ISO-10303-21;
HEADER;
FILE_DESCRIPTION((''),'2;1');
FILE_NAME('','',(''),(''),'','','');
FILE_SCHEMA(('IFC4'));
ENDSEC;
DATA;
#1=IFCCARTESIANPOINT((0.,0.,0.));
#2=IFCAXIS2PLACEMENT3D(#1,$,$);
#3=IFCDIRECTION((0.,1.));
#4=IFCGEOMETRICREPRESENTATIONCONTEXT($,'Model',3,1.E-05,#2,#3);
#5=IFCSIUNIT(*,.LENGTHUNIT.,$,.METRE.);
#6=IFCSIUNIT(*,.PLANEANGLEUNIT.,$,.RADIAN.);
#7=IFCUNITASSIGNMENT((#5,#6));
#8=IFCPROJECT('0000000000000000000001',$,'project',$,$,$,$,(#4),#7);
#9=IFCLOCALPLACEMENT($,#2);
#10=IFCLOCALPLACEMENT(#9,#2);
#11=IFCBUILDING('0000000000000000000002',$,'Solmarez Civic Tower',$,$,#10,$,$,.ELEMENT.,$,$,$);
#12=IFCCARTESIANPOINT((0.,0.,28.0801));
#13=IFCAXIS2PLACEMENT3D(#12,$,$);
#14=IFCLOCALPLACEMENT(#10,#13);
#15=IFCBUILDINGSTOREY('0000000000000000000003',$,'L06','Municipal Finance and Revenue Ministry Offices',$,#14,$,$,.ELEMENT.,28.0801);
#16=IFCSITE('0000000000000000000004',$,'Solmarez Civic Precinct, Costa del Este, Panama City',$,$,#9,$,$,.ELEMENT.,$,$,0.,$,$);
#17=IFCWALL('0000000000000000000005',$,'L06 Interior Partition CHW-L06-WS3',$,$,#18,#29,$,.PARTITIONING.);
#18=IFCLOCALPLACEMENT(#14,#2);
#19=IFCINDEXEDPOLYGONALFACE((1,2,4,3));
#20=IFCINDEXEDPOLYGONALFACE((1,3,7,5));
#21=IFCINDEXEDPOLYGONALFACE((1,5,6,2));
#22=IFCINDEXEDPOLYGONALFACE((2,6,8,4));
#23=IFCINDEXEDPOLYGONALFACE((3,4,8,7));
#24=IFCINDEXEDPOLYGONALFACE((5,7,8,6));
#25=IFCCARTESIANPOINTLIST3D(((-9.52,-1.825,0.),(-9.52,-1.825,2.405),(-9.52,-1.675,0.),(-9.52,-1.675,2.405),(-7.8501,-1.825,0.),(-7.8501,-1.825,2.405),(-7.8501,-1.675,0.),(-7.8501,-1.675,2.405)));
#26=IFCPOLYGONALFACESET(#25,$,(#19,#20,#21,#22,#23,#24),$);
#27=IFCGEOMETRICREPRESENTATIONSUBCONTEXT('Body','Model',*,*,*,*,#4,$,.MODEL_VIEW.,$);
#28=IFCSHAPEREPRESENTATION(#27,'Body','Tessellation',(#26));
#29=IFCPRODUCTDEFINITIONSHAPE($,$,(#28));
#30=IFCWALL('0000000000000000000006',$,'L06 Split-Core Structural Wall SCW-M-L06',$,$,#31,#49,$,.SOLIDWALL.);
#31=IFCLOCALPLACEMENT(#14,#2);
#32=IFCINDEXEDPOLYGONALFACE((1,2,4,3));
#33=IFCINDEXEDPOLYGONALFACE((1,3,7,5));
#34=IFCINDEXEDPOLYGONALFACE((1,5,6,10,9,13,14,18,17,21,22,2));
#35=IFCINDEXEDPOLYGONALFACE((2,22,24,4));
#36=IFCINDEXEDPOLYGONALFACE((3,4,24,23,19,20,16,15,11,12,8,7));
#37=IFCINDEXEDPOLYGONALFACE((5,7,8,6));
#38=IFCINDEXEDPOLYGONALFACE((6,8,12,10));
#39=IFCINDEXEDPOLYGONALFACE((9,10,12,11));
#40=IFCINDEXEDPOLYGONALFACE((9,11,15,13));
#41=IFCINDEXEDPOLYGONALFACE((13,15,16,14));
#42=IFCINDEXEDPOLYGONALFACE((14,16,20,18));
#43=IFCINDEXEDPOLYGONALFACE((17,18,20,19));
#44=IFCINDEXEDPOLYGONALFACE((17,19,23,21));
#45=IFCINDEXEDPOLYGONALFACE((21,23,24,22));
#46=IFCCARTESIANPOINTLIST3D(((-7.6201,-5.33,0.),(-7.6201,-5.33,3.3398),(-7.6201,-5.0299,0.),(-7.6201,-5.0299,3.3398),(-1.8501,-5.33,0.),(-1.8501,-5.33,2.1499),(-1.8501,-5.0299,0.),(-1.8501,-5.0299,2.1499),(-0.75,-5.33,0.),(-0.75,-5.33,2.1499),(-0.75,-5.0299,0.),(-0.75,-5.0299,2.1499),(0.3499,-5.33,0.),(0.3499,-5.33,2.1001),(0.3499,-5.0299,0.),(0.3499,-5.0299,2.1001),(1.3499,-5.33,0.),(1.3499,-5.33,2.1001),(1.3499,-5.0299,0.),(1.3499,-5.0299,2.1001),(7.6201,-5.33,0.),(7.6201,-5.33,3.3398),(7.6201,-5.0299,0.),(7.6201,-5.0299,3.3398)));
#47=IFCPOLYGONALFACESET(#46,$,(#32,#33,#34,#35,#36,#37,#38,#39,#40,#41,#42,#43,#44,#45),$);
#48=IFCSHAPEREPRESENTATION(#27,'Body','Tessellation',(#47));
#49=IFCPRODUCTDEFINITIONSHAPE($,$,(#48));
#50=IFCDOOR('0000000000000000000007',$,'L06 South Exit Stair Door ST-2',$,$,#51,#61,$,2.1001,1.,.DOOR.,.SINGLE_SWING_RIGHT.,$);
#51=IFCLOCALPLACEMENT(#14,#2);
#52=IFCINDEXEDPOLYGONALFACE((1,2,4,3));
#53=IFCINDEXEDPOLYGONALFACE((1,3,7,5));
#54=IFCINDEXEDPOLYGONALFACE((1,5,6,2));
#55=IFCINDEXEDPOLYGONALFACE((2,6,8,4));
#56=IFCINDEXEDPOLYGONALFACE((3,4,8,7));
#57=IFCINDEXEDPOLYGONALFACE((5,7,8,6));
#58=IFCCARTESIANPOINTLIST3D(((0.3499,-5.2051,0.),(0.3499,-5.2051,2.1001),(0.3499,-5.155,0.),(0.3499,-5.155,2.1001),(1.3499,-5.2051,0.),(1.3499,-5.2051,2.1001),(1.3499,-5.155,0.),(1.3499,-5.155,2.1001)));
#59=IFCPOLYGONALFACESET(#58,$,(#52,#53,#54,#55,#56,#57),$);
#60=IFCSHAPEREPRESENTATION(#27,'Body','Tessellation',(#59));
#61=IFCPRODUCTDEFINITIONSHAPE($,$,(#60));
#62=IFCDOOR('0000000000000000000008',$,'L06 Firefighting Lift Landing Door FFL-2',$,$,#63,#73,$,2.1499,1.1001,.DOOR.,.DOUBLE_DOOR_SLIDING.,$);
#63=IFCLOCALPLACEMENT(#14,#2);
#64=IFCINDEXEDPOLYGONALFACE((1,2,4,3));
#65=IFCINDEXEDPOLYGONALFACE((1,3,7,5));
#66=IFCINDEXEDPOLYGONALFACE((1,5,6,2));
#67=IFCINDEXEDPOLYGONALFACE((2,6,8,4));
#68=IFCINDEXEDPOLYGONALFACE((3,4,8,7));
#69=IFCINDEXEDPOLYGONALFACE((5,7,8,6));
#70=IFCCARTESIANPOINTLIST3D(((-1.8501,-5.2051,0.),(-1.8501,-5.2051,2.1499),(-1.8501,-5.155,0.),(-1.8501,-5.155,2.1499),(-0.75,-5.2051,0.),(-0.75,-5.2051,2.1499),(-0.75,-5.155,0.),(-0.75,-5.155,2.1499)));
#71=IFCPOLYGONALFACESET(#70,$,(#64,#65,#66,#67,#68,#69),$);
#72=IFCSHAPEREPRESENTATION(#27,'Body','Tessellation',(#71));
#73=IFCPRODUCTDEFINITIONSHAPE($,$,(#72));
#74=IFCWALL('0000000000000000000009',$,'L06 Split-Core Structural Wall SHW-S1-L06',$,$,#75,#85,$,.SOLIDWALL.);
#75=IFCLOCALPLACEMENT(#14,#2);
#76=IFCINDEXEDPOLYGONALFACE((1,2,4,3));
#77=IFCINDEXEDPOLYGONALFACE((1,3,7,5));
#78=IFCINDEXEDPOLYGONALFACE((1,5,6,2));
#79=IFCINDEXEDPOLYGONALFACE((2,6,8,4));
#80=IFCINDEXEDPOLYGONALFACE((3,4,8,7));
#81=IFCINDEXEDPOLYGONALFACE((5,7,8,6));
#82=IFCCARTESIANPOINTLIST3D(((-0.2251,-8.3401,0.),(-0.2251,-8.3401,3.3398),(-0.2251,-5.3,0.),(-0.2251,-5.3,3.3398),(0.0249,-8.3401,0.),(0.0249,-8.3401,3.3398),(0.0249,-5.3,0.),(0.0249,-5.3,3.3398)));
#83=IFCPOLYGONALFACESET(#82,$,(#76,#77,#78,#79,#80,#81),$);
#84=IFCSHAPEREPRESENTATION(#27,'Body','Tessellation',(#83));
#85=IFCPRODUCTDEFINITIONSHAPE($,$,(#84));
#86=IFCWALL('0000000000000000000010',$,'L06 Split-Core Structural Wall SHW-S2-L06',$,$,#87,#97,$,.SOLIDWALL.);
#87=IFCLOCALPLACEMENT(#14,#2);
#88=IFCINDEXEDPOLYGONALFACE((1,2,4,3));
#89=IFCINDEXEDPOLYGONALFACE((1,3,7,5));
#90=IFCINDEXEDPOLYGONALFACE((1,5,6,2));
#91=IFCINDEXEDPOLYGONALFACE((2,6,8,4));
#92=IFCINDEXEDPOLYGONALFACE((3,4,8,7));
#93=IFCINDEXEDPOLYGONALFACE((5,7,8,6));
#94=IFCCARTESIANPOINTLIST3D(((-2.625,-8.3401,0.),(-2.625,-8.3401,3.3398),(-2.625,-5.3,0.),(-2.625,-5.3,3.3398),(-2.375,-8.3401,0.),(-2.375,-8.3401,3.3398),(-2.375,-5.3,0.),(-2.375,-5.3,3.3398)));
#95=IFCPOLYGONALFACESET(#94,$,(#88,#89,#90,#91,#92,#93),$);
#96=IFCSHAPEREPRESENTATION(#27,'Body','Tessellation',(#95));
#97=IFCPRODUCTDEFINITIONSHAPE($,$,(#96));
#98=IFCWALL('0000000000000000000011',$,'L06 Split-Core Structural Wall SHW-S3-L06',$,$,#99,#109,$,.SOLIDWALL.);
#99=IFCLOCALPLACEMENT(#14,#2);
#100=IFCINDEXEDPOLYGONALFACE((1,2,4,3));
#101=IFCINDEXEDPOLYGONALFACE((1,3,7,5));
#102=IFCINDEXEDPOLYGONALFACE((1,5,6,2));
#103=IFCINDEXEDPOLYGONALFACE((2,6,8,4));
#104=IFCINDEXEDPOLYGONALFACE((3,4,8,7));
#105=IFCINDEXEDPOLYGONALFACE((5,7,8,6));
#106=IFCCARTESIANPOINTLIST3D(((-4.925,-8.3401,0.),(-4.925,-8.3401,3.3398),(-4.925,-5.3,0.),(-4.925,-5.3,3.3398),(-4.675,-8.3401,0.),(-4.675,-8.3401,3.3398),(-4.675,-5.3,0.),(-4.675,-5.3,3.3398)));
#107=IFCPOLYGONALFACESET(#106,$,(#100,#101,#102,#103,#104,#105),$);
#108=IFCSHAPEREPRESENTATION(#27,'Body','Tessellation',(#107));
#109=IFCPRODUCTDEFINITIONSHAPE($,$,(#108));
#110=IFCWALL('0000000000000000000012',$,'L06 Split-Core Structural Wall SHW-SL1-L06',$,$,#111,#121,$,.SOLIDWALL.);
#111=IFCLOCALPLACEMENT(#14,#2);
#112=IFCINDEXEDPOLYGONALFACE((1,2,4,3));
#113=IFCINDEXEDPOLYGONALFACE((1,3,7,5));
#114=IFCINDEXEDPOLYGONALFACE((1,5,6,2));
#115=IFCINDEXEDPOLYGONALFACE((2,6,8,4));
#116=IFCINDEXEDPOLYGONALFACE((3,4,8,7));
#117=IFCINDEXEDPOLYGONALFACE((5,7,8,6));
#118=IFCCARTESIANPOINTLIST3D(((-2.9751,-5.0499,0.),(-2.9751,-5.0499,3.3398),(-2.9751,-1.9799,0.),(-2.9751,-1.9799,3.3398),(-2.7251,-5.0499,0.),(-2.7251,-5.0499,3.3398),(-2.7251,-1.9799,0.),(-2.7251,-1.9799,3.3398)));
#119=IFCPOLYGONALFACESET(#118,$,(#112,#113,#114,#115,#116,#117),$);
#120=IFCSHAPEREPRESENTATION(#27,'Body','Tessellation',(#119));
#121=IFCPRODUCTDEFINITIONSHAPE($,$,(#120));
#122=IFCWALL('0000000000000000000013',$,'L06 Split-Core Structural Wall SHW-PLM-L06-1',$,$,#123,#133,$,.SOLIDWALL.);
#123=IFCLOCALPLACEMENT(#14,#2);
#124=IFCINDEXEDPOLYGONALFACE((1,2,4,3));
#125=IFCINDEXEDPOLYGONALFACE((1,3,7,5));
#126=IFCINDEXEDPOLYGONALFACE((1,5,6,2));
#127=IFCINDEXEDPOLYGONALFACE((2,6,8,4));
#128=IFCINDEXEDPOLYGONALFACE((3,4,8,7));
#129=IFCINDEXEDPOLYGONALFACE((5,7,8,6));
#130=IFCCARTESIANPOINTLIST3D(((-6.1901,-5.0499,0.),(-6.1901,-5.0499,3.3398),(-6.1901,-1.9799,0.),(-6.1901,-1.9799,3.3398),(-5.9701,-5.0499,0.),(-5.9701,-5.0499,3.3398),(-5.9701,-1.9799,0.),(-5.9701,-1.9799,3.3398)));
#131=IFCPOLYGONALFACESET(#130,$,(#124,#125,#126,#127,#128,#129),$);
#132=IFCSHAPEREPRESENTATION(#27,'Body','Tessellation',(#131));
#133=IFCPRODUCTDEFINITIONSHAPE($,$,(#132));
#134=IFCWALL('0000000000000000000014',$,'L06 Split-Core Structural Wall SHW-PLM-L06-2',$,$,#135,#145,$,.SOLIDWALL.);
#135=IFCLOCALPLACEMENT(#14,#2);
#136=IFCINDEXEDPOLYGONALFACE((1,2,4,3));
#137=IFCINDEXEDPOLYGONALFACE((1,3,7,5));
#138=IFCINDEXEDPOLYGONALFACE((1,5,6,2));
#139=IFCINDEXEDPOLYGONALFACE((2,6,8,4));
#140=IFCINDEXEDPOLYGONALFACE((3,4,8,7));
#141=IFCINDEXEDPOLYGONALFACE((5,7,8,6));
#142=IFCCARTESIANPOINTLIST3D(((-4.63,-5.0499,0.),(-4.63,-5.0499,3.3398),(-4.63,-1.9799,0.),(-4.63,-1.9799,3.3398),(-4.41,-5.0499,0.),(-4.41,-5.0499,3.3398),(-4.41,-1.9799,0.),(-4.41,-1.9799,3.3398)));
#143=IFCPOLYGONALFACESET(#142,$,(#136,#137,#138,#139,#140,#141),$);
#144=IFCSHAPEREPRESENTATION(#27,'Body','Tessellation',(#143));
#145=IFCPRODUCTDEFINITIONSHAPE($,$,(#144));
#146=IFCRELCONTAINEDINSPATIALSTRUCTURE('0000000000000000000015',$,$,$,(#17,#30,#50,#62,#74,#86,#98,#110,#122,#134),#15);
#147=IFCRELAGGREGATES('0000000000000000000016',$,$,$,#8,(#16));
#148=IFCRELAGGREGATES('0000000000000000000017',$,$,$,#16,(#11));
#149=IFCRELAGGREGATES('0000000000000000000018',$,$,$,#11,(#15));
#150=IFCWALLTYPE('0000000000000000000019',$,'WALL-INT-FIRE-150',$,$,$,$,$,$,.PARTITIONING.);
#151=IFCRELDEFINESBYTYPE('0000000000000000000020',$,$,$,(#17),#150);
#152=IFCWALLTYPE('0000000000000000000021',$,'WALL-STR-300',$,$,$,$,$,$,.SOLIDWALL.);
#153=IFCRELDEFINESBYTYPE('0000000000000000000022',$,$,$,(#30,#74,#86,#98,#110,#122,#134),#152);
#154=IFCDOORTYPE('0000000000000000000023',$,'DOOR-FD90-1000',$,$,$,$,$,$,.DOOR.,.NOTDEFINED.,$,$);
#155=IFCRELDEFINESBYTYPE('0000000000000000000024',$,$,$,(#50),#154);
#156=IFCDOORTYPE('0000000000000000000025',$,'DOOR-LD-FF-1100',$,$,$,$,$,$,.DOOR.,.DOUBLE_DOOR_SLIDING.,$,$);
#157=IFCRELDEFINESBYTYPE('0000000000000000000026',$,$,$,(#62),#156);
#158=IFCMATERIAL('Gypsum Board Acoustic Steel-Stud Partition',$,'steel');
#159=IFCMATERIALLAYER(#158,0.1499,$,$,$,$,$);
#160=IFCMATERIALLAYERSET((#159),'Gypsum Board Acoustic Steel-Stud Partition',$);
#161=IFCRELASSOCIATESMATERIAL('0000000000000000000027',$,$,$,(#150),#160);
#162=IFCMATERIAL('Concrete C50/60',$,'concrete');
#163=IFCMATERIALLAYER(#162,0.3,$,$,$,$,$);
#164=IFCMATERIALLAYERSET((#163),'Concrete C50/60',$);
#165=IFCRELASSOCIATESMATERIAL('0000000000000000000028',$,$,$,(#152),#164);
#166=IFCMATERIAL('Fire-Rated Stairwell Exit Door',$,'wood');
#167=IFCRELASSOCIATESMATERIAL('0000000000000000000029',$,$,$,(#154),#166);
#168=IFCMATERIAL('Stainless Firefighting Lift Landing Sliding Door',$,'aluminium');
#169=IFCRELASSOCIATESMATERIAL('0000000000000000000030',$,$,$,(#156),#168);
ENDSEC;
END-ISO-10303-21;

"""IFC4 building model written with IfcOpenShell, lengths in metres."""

from ifc_helpers import new_model, si_unit, direction, frame, frame_2d, origin, place, context, subcontext, project, spatial, rectangle, extrude, material, layer, layer_set, type_object, element, fill, save


model = new_model("IFC4")

# Units and contexts
model_context = context("Model", 3, precision=1e-05, world=origin(), true_north=direction((0.0, 1.0)))
body_context = subcontext(model_context, "Body", "Model", "MODEL_VIEW")
ifc_project = project(units=[si_unit("LENGTHUNIT", "METRE"), si_unit("PLANEANGLEUNIT", "RADIAN")], contexts=[model_context])

# Site, building, storey
site_placement = place(None, origin())
site = spatial("IfcSite", under=ifc_project, at=site_placement, Name="Solmarez Civic Precinct, Costa del Este, Panama City", CompositionType="ELEMENT", RefElevation=0.0)
building_placement = place(site_placement, origin())
building = spatial("IfcBuilding", under=site, at=building_placement, Name="Solmarez Civic Tower", CompositionType="ELEMENT")
storey_placement = place(building_placement, frame((0.0, 0.0, 28.0801)))
storey = spatial("IfcBuildingStorey", under=building, at=storey_placement, Name="L06", Description="Municipal Finance and Revenue Ministry Offices", CompositionType="ELEMENT", Elevation=28.0801)

# Shared definitions
ifc_material_1 = material(Name="Concrete C50/60", Category="concrete")

# Wall
ifc_material_2 = material(Name="Gypsum Board Acoustic Steel-Stud Partition", Category="steel")
ifc_layer_1 = layer(ifc_material_2, 0.1499)
ifc_layer_set_1 = layer_set([ifc_layer_1], Name="Gypsum Board Acoustic Steel-Stud Partition")
wall_type_1 = type_object("IfcWallType", Name="WALL-INT-FIRE-150", PredefinedType="PARTITIONING", material=ifc_layer_set_1)
wall_1_placement = place(storey_placement, frame((-7.8501, -1.75, 0.0), z_axis=(0.0, 0.0, 1.0), x_axis=(-1.0, 0.0, 0.0)))
element("IfcWall", 1, at=wall_1_placement, inside=storey, type_object=wall_type_1, Name="L06 Interior Partition CHW-L06-WS3", PredefinedType="PARTITIONING", context=body_context, shape_type="SweptSolid", body=[
    extrude(rectangle(XDim=1.6699, YDim=0.1499, at=frame_2d((0.835, 0.0))), origin(), (0.0, 0.0, 1.0), 2.405),
])

# Wall, openings, doors
ifc_layer_2 = layer(ifc_material_1, 0.3)
ifc_layer_set_2 = layer_set([ifc_layer_2], Name="Concrete C50/60")
wall_type_2 = type_object("IfcWallType", Name="WALL-STR-300", PredefinedType="SOLIDWALL", material=ifc_layer_set_2)
wall_2_placement = place(storey_placement, frame((-7.6201, -5.1799, 0.0), z_axis=(0.0, 0.0, 1.0), x_axis=(1.0, 0.0, 0.0)))
wall_2 = element("IfcWall", 2, at=wall_2_placement, inside=storey, type_object=wall_type_2, Name="L06 Split-Core Structural Wall SCW-M-L06", PredefinedType="SOLIDWALL", context=body_context, shape_type="SweptSolid", body=[
    extrude(rectangle(XDim=15.2402, YDim=0.3, at=frame_2d((7.6201, 0.0))), origin(), (0.0, 0.0, 1.0), 3.3398),
])
opening_1_placement = place(wall_2_placement, frame((5.77, 0.0, 0.0)))
opening_1 = element("IfcOpeningElement", 3, at=opening_1_placement, cuts=wall_2, PredefinedType="OPENING", context=body_context, shape_type="SweptSolid", body=[
    extrude(rectangle(XDim=1.1001, YDim=2.1499, at=frame_2d((0.55, 1.075))), frame((0.0, 0.1599, 0.0), z_axis=(0.0, -1.0, 0.0), x_axis=(1.0, 0.0, 0.0)), (0.0, 0.0, 1.0), 0.3201),
])
opening_2_placement = place(wall_2_placement, frame((7.97, 0.0, 0.0)))
opening_2 = element("IfcOpeningElement", 4, at=opening_2_placement, cuts=wall_2, PredefinedType="OPENING", context=body_context, shape_type="SweptSolid", body=[
    extrude(rectangle(XDim=1.0, YDim=2.1001, at=frame_2d((0.5, 1.05))), frame((0.0, 0.1599, 0.0), z_axis=(0.0, -1.0, 0.0), x_axis=(1.0, 0.0, 0.0)), (0.0, 0.0, 1.0), 0.3201),
])
ifc_material_3 = material(Name="Fire-Rated Stairwell Exit Door", Category="wood")
door_type_1 = type_object("IfcDoorType", Name="DOOR-FD90-1000", OperationType="NOTDEFINED", PredefinedType="DOOR", material=ifc_material_3)
door_1_placement = place(opening_2_placement, origin())
door_1 = element("IfcDoor", 5, at=door_1_placement, inside=storey, type_object=door_type_1, Name="L06 South Exit Stair Door ST-2", OperationType="SINGLE_SWING_RIGHT", OverallHeight=2.1001, OverallWidth=1.0, PredefinedType="DOOR", context=body_context, shape_type="SweptSolid", body=[
    extrude(rectangle(XDim=1.0, YDim=2.1001, at=frame_2d((0.5, 1.05))), frame((0.0, 0.0249, 0.0), z_axis=(0.0, -1.0, 0.0), x_axis=(1.0, 0.0, 0.0)), (0.0, 0.0, 1.0), 0.05),
])
fill(opening_2, door_1)
ifc_material_4 = material(Name="Stainless Firefighting Lift Landing Sliding Door", Category="aluminium")
door_type_2 = type_object("IfcDoorType", Name="DOOR-LD-FF-1100", OperationType="DOUBLE_DOOR_SLIDING", PredefinedType="DOOR", material=ifc_material_4)
door_2_placement = place(opening_1_placement, origin())
door_2 = element("IfcDoor", 6, at=door_2_placement, inside=storey, type_object=door_type_2, Name="L06 Firefighting Lift Landing Door FFL-2", OperationType="DOUBLE_DOOR_SLIDING", OverallHeight=2.1499, OverallWidth=1.1001, PredefinedType="DOOR", context=body_context, shape_type="SweptSolid", body=[
    extrude(rectangle(XDim=1.1001, YDim=2.1499, at=frame_2d((0.55, 1.075))), frame((0.0, 0.0249, 0.0), z_axis=(0.0, -1.0, 0.0), x_axis=(1.0, 0.0, 0.0)), (0.0, 0.0, 1.0), 0.05),
])
fill(opening_1, door_2)

# Walls
for number, where, z_axis, x_axis, name in (
    (7, (-0.1001, -8.3401, 0.0), (0.0, 0.0, 1.0), (0.0, 1.0, 0.0), "L06 Split-Core Structural Wall SHW-S1-L06"),
    (8, (-2.5, -8.3401, 0.0), (0.0, 0.0, 1.0), (0.0, 1.0, 0.0), "L06 Split-Core Structural Wall SHW-S2-L06"),
    (9, (-4.8, -8.3401, 0.0), (0.0, 0.0, 1.0), (0.0, 1.0, 0.0), "L06 Split-Core Structural Wall SHW-S3-L06"),
):
    element("IfcWall", number, at=place(storey_placement, frame(where, z_axis=z_axis, x_axis=x_axis)), inside=storey, type_object=wall_type_2, Name=name, PredefinedType="SOLIDWALL", context=body_context, shape_type="SweptSolid", body=[
        extrude(rectangle(XDim=3.04, YDim=0.25, at=frame_2d((1.52, 0.0))), origin(), (0.0, 0.0, 1.0), 3.3398),
    ])
wall_3_placement = place(storey_placement, frame((-2.8501, -5.05, 0.0), z_axis=(0.0, 0.0, 1.0), x_axis=(0.0, 1.0, 0.0)))
element("IfcWall", 10, at=wall_3_placement, inside=storey, type_object=wall_type_2, Name="L06 Split-Core Structural Wall SHW-SL1-L06", PredefinedType="SOLIDWALL", context=body_context, shape_type="SweptSolid", body=[
    extrude(rectangle(XDim=3.0701, YDim=0.25, at=frame_2d((1.5352, 0.0))), origin(), (0.0, 0.0, 1.0), 3.3398),
])
for number, where, z_axis, x_axis, name in (
    (11, (-6.0801, -5.05, 0.0), (0.0, 0.0, 1.0), (0.0, 1.0, 0.0), "L06 Split-Core Structural Wall SHW-PLM-L06-1"),
    (12, (-4.52, -5.05, 0.0), (0.0, 0.0, 1.0), (0.0, 1.0, 0.0), "L06 Split-Core Structural Wall SHW-PLM-L06-2"),
):
    element("IfcWall", number, at=place(storey_placement, frame(where, z_axis=z_axis, x_axis=x_axis)), inside=storey, type_object=wall_type_2, Name=name, PredefinedType="SOLIDWALL", context=body_context, shape_type="SweptSolid", body=[
        extrude(rectangle(XDim=3.0701, YDim=0.22, at=frame_2d((1.5352, 0.0))), origin(), (0.0, 0.0, 1.0), 3.3398),
    ])

save(model, "model.ifc")
